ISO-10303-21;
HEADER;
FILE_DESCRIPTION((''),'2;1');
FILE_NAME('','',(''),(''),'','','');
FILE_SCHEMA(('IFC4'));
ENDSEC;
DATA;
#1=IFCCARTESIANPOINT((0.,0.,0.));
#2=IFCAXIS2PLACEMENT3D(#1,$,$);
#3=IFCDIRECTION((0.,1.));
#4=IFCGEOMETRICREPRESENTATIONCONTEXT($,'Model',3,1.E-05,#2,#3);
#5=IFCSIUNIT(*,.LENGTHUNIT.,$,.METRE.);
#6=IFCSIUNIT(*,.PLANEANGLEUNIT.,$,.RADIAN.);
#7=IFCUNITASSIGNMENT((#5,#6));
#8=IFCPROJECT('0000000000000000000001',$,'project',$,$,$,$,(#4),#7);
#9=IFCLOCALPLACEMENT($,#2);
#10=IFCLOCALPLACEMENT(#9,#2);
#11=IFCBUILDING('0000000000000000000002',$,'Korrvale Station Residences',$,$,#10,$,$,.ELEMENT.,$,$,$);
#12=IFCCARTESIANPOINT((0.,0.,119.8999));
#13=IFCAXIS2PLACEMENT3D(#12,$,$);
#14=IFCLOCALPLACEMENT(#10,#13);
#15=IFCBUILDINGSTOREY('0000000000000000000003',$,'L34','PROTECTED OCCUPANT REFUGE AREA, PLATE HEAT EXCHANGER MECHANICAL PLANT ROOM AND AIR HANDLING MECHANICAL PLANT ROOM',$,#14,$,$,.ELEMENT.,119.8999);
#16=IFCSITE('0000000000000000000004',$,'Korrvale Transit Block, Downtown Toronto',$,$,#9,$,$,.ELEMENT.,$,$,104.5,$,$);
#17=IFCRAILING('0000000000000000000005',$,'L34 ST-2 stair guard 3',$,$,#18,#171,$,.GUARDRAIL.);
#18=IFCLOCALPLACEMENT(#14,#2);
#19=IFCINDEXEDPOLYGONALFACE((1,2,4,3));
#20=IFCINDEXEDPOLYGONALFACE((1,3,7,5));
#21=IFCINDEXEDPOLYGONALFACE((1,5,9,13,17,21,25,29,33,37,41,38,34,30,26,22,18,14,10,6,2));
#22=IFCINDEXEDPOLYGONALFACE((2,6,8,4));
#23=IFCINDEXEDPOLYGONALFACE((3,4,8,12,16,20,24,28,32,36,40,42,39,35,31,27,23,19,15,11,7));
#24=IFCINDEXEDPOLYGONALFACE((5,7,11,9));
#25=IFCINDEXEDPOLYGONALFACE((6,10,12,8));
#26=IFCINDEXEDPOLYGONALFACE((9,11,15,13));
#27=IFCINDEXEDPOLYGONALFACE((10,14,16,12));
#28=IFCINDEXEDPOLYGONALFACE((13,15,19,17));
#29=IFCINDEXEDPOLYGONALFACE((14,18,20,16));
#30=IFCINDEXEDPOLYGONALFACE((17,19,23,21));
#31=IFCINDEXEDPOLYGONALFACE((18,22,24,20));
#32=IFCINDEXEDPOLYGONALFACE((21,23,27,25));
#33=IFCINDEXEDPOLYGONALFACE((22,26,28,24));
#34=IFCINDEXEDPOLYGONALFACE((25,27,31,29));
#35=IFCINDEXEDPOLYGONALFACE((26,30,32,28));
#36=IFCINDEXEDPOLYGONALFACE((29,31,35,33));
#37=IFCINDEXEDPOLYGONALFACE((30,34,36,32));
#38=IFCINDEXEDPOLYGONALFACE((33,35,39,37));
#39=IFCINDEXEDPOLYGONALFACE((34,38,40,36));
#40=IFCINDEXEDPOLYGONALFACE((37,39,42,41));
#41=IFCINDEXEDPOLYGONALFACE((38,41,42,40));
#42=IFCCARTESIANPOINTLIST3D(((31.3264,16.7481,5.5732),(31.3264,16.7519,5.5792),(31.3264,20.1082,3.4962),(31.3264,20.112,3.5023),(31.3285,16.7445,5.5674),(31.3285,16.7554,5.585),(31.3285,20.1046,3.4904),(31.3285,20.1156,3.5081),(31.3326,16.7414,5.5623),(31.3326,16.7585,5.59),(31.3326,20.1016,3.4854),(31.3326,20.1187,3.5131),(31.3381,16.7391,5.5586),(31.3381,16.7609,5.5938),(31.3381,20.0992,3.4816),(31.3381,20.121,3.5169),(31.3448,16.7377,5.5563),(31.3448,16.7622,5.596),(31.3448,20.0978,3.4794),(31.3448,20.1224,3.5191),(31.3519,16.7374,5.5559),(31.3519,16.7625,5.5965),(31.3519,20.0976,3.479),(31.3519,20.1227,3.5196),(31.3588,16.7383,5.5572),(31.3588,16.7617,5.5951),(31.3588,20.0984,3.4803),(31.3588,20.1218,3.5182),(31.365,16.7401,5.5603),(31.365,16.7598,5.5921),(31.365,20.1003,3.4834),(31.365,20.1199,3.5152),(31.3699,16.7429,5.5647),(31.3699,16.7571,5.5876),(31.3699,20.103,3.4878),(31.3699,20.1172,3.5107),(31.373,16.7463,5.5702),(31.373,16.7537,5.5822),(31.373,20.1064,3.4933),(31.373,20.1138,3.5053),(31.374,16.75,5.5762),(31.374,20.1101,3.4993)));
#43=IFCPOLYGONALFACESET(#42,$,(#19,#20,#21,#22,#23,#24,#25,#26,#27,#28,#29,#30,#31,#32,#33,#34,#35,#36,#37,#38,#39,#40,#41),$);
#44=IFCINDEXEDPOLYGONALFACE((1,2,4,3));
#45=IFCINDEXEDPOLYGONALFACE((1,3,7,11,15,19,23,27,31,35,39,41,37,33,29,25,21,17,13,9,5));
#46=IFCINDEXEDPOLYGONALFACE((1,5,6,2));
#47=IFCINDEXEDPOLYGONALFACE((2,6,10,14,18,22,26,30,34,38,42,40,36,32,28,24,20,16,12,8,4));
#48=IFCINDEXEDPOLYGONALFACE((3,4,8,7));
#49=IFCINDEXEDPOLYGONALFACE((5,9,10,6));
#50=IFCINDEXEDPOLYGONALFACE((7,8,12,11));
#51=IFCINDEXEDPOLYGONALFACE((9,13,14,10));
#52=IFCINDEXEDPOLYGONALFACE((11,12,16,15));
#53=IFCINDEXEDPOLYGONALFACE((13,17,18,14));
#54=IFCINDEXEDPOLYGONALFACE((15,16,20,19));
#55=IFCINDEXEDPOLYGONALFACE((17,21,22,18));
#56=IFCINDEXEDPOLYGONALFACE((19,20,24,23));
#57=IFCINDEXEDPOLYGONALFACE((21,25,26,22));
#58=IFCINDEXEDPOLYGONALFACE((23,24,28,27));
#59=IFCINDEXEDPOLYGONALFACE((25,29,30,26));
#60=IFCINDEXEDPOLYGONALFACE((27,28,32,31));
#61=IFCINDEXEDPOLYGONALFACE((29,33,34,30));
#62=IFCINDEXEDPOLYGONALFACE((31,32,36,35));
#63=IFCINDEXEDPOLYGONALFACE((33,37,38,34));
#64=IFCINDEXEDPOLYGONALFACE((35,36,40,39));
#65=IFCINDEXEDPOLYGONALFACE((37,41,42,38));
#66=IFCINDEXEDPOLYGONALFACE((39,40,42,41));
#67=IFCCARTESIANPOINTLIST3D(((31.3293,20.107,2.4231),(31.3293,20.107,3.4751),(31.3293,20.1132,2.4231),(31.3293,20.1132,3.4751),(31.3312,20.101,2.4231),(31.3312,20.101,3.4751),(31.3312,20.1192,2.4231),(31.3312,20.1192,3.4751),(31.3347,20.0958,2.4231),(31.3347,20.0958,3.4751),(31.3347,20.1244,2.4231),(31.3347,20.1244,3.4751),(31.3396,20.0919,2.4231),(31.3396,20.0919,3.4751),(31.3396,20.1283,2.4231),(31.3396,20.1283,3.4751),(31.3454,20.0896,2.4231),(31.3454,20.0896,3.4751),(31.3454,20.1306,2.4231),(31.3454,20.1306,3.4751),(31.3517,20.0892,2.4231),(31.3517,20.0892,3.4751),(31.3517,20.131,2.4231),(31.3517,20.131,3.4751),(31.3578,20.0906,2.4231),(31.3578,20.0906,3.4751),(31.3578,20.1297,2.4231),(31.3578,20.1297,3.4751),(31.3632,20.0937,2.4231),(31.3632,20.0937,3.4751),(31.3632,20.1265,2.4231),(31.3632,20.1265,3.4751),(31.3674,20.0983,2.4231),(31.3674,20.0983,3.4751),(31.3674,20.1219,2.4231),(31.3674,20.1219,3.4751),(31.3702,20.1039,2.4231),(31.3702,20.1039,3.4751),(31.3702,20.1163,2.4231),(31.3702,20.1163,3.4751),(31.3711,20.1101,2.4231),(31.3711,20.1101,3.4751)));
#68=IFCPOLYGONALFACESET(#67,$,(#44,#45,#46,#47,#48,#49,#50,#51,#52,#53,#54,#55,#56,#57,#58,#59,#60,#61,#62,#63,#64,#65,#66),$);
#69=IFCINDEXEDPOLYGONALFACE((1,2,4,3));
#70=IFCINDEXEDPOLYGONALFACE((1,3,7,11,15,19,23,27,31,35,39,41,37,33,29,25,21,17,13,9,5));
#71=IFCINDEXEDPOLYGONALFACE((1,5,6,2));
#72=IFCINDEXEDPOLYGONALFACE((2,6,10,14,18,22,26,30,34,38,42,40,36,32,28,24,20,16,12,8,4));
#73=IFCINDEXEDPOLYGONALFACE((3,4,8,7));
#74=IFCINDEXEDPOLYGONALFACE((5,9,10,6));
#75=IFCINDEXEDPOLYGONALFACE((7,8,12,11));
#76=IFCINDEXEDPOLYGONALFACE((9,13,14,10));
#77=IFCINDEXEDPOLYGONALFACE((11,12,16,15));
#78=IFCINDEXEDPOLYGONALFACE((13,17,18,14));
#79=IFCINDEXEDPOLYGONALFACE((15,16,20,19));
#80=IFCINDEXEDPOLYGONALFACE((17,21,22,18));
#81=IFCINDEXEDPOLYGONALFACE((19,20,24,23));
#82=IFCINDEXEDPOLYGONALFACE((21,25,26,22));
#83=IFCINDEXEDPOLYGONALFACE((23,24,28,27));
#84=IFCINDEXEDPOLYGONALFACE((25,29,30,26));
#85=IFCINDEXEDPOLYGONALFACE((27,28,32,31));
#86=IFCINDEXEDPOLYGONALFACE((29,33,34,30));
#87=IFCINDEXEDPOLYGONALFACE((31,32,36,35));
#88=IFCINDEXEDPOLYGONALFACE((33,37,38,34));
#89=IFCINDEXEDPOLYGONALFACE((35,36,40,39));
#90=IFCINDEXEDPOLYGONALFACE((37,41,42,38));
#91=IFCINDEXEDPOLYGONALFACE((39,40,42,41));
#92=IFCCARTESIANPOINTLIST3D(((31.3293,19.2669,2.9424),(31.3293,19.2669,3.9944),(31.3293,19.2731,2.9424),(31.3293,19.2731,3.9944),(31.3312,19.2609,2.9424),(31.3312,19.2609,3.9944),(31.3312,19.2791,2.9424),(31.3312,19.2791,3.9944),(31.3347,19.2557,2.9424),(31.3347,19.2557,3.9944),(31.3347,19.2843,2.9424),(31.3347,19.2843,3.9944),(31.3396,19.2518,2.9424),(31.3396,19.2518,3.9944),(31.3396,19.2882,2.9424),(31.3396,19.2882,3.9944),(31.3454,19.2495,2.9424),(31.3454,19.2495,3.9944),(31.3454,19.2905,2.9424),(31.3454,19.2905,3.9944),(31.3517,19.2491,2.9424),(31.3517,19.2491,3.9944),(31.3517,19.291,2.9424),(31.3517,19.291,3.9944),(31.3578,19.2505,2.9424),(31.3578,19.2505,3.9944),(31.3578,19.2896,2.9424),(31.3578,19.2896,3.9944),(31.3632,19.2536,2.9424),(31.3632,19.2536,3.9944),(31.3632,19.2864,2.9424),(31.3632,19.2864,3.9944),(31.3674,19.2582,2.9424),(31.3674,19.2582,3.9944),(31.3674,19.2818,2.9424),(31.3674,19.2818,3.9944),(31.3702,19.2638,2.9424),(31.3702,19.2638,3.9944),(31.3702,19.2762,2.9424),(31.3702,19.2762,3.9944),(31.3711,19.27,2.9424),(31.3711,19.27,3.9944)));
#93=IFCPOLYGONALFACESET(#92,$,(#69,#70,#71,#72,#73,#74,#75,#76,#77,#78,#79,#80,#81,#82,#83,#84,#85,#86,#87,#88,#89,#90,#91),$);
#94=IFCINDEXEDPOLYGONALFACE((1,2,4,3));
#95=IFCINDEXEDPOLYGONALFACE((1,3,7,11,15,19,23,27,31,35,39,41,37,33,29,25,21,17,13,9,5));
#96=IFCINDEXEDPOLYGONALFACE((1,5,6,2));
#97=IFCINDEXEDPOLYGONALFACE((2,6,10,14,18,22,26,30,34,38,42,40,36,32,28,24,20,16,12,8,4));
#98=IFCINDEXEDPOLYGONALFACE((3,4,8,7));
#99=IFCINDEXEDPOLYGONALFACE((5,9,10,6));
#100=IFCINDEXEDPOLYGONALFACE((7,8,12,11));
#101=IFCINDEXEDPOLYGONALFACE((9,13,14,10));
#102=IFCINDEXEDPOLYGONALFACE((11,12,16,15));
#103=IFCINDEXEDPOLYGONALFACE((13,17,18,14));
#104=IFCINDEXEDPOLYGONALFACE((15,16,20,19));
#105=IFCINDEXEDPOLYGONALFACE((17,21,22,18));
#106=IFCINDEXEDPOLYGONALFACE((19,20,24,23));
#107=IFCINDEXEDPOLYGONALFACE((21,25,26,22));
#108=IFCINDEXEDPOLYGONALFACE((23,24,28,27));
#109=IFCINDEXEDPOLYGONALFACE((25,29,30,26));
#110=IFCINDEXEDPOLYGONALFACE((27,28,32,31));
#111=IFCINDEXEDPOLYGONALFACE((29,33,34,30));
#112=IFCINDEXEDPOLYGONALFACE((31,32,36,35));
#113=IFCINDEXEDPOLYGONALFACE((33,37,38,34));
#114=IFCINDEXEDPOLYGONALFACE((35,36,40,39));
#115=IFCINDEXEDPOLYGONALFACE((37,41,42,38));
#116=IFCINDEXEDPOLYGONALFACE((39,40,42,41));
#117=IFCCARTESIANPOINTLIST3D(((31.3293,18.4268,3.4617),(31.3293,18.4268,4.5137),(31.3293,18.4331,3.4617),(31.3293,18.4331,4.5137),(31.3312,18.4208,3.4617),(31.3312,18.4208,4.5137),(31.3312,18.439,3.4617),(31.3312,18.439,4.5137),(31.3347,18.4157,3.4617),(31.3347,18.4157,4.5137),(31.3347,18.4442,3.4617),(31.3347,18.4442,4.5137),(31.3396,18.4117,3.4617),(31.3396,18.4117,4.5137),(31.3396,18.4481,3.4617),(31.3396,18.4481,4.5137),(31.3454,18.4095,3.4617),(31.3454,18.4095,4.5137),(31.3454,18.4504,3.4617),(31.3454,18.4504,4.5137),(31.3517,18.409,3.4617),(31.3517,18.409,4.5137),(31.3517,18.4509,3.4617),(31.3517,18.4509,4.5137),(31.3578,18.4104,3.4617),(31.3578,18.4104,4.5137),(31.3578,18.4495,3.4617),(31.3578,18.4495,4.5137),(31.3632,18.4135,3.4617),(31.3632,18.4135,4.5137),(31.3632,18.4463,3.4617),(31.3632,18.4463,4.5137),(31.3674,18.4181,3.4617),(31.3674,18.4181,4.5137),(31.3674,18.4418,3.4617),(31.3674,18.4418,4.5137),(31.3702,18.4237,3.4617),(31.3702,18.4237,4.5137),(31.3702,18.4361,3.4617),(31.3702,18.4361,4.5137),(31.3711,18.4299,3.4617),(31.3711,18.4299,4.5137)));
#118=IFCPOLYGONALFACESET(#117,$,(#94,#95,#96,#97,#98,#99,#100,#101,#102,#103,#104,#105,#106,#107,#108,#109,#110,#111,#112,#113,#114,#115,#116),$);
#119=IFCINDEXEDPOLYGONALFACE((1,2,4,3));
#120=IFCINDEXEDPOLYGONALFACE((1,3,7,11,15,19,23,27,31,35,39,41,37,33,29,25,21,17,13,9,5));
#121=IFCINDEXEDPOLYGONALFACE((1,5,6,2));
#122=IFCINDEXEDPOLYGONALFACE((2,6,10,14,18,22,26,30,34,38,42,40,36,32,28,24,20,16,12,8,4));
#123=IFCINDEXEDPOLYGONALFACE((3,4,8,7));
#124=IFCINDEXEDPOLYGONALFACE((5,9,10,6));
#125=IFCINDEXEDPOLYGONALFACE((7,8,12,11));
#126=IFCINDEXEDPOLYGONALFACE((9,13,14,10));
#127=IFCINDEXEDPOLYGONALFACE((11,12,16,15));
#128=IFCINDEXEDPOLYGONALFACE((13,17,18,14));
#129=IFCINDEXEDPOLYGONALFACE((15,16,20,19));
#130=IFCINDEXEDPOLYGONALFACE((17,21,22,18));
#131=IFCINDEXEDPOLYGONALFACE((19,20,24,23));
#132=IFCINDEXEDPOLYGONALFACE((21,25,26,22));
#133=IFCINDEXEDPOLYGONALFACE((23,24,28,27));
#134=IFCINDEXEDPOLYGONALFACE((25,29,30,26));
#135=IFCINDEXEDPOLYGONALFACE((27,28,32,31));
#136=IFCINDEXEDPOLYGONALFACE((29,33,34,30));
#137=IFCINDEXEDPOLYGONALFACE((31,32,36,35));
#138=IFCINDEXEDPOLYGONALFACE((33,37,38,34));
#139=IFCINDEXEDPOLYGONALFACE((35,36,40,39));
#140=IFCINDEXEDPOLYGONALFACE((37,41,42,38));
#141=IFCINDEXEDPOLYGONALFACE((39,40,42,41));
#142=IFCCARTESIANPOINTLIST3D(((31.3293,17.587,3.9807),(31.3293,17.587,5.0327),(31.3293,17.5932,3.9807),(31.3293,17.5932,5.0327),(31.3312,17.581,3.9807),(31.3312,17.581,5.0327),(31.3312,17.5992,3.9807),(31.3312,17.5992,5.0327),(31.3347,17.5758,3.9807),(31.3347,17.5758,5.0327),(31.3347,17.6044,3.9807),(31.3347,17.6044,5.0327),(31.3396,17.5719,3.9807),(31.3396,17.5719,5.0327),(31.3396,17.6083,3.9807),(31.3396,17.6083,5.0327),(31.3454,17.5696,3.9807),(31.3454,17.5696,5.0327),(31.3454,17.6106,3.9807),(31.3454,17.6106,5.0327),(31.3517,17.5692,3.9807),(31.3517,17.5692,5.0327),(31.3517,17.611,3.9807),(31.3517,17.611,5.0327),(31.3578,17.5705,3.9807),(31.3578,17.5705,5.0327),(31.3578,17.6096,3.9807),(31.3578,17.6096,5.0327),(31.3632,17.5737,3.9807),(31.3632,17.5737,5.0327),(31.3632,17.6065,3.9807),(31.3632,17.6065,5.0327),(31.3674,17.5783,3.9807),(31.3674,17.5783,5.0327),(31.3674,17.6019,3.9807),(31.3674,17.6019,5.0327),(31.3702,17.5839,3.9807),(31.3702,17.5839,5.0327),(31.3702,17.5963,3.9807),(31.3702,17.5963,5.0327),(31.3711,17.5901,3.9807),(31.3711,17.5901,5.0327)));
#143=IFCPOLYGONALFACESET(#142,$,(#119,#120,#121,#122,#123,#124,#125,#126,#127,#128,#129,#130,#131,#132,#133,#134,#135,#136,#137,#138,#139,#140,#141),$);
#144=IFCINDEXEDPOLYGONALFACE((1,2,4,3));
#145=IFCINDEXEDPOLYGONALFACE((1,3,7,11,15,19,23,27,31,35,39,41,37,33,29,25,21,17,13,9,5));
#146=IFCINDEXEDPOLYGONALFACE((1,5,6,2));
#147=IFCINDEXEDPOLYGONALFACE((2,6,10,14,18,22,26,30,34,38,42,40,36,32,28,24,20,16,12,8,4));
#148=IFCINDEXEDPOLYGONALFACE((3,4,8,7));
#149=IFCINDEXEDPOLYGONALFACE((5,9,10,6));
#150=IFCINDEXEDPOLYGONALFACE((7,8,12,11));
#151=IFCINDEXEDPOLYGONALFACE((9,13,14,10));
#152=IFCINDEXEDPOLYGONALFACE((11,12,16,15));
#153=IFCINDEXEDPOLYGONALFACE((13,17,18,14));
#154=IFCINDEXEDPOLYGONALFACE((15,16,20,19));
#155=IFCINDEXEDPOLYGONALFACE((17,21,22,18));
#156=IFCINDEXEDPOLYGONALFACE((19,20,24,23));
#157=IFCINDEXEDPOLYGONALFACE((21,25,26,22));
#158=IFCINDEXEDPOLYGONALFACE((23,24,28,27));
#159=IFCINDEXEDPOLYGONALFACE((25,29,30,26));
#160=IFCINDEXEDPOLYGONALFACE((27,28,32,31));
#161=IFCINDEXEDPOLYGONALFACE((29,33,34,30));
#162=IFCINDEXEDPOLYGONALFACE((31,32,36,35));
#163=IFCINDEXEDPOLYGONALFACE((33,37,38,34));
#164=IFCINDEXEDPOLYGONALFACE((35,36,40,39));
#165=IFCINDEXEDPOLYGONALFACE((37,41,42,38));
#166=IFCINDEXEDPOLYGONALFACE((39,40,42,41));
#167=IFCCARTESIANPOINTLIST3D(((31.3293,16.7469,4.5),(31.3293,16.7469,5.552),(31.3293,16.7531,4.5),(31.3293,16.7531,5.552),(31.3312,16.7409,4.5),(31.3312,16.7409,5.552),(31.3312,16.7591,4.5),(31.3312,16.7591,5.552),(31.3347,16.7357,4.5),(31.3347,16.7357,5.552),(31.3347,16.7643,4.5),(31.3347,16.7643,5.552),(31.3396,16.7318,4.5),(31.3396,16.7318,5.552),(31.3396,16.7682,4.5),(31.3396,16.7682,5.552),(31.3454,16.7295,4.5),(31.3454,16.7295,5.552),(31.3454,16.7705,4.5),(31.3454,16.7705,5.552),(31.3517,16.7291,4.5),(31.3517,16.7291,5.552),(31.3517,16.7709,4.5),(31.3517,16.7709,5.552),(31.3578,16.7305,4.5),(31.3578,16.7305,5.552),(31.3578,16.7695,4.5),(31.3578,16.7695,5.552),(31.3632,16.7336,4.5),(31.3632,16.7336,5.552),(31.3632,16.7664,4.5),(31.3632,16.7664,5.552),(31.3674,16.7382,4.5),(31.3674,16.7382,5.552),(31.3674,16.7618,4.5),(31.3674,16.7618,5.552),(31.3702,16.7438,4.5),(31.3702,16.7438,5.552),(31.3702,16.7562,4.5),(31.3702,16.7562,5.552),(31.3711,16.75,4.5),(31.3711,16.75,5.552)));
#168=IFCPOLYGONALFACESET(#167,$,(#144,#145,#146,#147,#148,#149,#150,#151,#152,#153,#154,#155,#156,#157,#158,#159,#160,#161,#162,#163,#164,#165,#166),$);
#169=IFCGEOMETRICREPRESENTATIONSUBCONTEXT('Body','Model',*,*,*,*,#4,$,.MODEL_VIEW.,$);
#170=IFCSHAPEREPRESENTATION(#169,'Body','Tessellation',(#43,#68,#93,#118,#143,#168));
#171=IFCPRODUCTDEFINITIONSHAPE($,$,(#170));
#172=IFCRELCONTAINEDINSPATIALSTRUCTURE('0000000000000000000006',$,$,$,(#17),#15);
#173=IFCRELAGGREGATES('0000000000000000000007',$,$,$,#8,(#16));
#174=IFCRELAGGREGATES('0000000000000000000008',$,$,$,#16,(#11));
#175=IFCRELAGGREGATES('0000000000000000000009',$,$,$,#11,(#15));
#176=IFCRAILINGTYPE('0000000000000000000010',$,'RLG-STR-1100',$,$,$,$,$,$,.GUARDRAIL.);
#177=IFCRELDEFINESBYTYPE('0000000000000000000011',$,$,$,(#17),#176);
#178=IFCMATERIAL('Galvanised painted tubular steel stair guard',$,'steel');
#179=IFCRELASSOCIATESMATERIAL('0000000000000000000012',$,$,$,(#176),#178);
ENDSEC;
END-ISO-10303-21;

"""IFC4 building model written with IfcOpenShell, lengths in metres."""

from ifc_helpers import new_model, si_unit, direction, frame, origin, origin_2d, place, context, subcontext, project, spatial, circle, extrude, material, type_object, element, save


model = new_model("IFC4")

# Units and contexts
model_context = context("Model", 3, precision=1e-05, world=origin(), true_north=direction((0.0, 1.0)))
body_context = subcontext(model_context, "Body", "Model", "MODEL_VIEW")
ifc_project = project(units=[si_unit("LENGTHUNIT", "METRE"), si_unit("PLANEANGLEUNIT", "RADIAN")], contexts=[model_context])

# Site, building, storey
site_placement = place(None, origin())
site = spatial("IfcSite", under=ifc_project, at=site_placement, Name="Korrvale Transit Block, Downtown Toronto", CompositionType="ELEMENT", RefElevation=104.5)
building_placement = place(site_placement, origin())
building = spatial("IfcBuilding", under=site, at=building_placement, Name="Korrvale Station Residences", CompositionType="ELEMENT")
storey_placement = place(building_placement, frame((0.0, 0.0, 119.8999)))
storey = spatial("IfcBuildingStorey", under=building, at=storey_placement, Name="L34", Description="PROTECTED OCCUPANT REFUGE AREA, PLATE HEAT EXCHANGER MECHANICAL PLANT ROOM AND AIR HANDLING MECHANICAL PLANT ROOM", CompositionType="ELEMENT", Elevation=119.8999)

# Railing
ifc_material_1 = material(Name="Galvanised painted tubular steel stair guard", Category="steel")
railing_type_1 = type_object("IfcRailingType", Name="RLG-STR-1100", PredefinedType="GUARDRAIL", material=ifc_material_1)
railing_1_placement = place(storey_placement, frame((31.3501, 20.1101, 2.4231)))
element("IfcRailing", 1, at=railing_1_placement, inside=storey, type_object=railing_type_1, Name="L34 ST-2 stair guard 3", PredefinedType="GUARDRAIL", context=body_context, shape_type="SweptSolid", body=[
    extrude(circle(Radius=0.0239, at=origin_2d()), frame((0.0, 0.0, 1.0762), z_axis=(0.0, -0.850623, 0.525776), x_axis=(1.0, 0.0, 0.0)), (0.0, 0.0, 1.0), 3.9502),
    extrude(circle(Radius=0.021, at=origin_2d()), origin(), (0.0, 0.0, 1.0), 1.052),
    extrude(circle(Radius=0.021, at=origin_2d()), frame((0.0, -0.8401, 0.5193)), (0.0, 0.0, 1.0), 1.052),
    extrude(circle(Radius=0.021, at=origin_2d()), frame((0.0, -1.6802, 1.0386)), (0.0, 0.0, 1.0), 1.052),
    extrude(circle(Radius=0.021, at=origin_2d()), frame((0.0, -2.52, 1.5576)), (0.0, 0.0, 1.0), 1.052),
    extrude(circle(Radius=0.021, at=origin_2d()), frame((0.0, -3.3601, 2.0769)), (0.0, 0.0, 1.0), 1.052),
])

save(model, "model.ifc")
